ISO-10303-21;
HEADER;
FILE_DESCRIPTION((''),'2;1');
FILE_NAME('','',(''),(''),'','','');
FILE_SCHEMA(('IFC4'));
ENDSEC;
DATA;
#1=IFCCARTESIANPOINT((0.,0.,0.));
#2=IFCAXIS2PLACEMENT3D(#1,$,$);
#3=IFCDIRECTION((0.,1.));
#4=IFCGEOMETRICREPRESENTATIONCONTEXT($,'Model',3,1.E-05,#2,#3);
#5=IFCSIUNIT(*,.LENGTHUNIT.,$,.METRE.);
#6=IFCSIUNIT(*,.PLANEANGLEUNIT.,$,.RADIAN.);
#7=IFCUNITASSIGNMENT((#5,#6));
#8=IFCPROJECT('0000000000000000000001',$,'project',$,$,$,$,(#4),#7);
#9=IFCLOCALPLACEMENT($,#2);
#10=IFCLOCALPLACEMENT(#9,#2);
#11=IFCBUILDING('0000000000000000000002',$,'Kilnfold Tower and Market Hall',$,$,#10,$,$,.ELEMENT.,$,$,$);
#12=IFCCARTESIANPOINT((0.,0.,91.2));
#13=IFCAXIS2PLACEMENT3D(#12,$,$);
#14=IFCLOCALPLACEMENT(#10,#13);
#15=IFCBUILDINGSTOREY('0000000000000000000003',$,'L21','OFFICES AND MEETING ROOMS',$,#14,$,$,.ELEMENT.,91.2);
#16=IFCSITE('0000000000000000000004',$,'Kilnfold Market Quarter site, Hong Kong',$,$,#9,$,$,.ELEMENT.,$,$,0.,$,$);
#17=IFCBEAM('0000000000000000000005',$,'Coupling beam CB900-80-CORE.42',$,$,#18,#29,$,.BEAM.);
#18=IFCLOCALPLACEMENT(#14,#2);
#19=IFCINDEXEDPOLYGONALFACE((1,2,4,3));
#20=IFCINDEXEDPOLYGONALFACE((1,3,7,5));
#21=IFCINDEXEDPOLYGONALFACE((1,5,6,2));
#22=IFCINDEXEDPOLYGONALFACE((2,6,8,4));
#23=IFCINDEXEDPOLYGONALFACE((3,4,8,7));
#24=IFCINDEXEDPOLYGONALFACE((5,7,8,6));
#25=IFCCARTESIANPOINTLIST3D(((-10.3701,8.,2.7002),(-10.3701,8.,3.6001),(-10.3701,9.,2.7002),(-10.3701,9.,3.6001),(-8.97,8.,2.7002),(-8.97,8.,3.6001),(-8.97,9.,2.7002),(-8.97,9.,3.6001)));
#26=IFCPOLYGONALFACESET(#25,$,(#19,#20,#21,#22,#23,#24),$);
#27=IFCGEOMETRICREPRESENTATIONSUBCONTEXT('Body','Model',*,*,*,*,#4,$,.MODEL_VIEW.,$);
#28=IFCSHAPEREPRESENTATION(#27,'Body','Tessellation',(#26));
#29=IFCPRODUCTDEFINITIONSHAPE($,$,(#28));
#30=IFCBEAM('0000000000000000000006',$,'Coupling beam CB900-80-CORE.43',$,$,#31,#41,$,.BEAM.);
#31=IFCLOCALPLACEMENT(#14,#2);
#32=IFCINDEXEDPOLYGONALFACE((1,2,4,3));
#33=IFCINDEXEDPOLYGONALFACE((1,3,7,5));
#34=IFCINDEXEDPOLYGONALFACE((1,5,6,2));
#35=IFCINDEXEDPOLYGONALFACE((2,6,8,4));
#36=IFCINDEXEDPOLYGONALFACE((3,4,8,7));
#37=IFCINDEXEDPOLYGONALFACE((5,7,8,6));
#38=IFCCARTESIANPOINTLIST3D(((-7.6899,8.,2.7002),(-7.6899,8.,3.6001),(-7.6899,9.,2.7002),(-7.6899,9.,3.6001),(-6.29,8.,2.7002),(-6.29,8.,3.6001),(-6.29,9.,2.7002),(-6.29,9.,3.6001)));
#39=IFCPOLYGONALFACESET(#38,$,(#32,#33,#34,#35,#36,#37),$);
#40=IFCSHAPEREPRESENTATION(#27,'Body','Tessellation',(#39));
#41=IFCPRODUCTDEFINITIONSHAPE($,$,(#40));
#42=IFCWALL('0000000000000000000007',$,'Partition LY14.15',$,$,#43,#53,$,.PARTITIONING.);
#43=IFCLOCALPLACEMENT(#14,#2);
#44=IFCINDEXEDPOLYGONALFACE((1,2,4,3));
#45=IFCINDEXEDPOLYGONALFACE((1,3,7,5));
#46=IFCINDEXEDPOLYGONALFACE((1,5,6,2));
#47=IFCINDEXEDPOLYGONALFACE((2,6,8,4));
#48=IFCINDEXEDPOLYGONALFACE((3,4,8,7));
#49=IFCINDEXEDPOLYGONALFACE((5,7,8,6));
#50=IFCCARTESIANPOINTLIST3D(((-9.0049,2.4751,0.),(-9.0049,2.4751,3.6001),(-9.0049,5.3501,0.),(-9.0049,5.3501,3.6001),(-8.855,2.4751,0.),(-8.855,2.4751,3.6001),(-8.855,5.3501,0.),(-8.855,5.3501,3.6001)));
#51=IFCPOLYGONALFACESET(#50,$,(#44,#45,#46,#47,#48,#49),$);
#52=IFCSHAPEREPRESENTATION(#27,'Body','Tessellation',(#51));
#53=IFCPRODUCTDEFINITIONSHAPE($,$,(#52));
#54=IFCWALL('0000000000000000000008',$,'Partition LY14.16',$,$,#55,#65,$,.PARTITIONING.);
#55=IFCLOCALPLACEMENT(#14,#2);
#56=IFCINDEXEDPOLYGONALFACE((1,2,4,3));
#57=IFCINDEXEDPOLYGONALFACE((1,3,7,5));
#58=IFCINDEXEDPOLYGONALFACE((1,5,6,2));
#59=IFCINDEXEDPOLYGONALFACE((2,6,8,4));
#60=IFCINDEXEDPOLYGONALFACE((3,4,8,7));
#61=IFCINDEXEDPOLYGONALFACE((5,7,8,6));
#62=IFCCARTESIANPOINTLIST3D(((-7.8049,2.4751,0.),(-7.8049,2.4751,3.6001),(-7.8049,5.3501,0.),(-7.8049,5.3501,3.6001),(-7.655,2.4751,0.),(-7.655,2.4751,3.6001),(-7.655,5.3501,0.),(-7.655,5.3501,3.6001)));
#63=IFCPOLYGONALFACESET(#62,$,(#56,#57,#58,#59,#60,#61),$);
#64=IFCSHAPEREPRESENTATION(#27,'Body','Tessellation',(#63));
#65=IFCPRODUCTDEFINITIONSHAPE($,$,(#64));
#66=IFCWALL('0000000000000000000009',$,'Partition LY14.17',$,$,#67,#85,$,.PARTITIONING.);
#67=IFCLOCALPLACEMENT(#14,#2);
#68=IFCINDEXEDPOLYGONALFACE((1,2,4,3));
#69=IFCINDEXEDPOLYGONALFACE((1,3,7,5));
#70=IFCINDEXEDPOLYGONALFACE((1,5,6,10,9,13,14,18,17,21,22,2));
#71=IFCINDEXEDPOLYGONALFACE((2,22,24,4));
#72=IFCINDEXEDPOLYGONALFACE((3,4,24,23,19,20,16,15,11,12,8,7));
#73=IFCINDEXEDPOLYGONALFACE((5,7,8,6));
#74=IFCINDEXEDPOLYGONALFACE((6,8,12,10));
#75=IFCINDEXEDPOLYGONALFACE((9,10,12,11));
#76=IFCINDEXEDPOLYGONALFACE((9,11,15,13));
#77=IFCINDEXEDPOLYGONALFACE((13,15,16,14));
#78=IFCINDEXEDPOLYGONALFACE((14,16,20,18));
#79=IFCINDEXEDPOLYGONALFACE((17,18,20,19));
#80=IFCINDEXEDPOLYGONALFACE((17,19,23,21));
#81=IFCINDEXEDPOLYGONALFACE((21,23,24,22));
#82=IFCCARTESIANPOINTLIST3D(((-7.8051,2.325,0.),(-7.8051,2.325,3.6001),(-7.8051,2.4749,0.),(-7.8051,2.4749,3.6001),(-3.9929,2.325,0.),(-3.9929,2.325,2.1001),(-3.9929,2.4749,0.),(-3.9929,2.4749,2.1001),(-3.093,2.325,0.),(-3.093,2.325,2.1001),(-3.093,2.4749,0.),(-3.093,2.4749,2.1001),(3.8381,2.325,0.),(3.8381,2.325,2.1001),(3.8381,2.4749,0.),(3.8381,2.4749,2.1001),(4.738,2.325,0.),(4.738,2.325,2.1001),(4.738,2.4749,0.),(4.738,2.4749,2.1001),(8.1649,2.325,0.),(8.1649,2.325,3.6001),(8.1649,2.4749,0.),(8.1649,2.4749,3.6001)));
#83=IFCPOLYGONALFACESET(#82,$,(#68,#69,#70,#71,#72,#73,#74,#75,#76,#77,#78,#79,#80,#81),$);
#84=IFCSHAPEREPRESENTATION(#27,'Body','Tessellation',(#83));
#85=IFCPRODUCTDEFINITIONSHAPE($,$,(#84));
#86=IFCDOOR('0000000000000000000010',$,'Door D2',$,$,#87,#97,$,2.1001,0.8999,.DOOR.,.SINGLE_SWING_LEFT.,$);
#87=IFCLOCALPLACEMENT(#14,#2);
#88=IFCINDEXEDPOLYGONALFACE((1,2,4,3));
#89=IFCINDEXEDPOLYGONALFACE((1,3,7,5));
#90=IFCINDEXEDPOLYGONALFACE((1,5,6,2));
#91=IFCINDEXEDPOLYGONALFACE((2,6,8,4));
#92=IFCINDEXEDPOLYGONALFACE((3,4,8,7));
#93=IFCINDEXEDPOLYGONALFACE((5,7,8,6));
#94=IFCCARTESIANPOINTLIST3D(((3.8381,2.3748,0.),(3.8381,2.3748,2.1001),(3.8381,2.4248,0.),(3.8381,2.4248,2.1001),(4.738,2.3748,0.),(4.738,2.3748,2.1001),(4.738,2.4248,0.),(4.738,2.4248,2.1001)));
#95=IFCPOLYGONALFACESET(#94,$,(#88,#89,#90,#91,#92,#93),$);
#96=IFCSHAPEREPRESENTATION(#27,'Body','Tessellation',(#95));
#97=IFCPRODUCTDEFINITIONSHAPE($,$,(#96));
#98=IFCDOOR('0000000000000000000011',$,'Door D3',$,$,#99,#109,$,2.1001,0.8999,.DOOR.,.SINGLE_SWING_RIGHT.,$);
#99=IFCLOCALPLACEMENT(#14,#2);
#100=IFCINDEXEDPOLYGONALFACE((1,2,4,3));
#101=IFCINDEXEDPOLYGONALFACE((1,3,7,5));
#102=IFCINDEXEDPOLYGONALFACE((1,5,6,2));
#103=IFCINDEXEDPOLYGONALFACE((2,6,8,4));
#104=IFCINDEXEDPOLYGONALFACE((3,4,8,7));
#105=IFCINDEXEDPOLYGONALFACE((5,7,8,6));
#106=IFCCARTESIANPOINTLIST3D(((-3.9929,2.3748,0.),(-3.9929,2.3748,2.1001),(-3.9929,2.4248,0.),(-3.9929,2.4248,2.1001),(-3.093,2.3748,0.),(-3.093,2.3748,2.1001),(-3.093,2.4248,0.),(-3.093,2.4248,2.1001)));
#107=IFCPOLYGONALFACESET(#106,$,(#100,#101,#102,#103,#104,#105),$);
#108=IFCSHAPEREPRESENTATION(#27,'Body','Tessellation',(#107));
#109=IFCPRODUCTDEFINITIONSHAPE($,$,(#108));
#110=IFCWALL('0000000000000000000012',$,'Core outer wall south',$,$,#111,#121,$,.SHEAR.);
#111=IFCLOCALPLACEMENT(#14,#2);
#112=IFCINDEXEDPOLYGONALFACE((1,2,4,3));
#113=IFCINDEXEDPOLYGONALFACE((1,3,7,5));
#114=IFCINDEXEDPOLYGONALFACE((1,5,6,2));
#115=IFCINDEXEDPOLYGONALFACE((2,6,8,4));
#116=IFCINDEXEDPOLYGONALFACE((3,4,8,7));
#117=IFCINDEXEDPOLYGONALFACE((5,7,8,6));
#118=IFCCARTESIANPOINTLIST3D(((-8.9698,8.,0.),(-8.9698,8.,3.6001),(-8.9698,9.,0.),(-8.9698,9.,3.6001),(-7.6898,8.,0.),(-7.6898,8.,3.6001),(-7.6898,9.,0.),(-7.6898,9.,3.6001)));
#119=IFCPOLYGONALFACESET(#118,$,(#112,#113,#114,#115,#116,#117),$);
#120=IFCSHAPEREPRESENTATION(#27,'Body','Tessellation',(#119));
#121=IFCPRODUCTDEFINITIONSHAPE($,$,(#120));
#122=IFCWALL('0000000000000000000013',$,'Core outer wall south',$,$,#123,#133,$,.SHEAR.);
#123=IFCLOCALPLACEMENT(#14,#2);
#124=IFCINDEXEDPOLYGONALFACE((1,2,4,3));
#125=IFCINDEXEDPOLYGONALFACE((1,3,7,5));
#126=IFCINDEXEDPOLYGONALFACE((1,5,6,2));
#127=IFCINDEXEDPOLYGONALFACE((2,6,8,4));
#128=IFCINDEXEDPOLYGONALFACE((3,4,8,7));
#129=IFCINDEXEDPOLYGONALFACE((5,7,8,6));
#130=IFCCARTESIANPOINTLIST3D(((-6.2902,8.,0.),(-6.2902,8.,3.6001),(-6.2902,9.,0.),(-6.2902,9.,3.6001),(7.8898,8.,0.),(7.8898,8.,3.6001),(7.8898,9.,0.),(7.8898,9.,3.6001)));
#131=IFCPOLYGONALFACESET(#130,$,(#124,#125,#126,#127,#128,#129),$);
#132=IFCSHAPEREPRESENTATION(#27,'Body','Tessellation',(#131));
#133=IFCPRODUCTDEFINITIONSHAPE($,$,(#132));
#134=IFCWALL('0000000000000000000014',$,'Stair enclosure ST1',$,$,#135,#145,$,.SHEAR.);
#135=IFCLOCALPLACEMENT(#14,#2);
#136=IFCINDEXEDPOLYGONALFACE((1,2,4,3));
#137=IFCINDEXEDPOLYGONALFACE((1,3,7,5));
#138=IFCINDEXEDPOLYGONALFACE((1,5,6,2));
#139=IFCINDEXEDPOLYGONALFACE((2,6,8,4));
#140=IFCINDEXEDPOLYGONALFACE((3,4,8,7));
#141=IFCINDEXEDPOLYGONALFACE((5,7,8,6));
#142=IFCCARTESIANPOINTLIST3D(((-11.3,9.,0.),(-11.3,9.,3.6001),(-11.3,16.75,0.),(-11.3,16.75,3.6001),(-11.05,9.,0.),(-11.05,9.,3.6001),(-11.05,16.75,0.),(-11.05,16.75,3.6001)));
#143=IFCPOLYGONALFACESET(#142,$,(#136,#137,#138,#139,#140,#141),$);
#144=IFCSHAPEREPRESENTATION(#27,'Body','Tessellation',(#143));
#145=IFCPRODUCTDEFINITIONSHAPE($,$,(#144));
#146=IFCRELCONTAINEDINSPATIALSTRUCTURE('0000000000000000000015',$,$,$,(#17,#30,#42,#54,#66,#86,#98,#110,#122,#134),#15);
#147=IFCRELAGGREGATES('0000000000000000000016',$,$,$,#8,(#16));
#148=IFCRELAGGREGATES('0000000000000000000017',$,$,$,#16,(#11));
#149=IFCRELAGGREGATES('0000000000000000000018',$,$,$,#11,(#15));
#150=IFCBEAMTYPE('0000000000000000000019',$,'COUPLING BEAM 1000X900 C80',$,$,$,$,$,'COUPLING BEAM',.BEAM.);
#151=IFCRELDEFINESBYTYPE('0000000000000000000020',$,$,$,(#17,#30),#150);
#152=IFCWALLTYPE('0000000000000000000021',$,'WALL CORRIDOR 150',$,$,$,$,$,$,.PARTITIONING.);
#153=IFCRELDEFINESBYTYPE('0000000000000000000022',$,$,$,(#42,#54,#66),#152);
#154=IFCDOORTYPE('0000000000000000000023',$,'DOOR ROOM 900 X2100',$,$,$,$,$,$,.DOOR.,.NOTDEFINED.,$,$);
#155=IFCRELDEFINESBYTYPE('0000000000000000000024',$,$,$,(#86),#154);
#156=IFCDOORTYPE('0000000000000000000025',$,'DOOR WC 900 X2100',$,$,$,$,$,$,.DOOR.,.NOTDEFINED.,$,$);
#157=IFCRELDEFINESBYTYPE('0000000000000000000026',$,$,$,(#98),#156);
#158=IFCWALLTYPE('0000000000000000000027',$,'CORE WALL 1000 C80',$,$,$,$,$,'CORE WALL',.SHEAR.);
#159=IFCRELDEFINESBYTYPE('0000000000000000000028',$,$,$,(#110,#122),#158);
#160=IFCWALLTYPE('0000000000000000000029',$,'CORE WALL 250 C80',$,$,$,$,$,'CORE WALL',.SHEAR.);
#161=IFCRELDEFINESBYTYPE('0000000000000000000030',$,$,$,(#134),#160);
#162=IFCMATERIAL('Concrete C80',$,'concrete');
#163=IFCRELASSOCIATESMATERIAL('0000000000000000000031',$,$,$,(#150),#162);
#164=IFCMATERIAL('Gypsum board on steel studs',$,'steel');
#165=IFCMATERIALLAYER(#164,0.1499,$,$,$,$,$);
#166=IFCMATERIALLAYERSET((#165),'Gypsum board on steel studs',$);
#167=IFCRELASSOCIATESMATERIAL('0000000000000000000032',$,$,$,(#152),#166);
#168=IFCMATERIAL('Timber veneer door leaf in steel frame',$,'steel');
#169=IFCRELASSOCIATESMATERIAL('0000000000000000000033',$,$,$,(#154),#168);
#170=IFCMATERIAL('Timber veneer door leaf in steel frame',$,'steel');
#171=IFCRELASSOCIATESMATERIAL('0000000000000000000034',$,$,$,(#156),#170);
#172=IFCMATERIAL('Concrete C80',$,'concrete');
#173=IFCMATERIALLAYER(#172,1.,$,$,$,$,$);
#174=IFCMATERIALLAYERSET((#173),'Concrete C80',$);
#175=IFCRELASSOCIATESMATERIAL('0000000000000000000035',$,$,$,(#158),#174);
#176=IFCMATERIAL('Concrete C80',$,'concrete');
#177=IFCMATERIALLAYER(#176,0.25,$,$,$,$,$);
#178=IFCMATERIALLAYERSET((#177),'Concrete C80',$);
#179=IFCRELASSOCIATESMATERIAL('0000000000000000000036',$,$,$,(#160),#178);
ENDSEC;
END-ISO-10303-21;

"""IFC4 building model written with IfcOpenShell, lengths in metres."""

from ifc_helpers import new_model, si_unit, direction, frame, frame_2d, origin, origin_2d, place, context, subcontext, project, spatial, rectangle, extrude, source, transform, mapped, material, layer, layer_set, material_profile, profile_set, type_object, element, fill, save


model = new_model("IFC4")

# Units and contexts
model_context = context("Model", 3, precision=1e-05, world=origin(), true_north=direction((0.0, 1.0)))
body_context = subcontext(model_context, "Body", "Model", "MODEL_VIEW")
ifc_project = project(units=[si_unit("LENGTHUNIT", "METRE"), si_unit("PLANEANGLEUNIT", "RADIAN")], contexts=[model_context])

# Site, building, storey
site_placement = place(None, origin())
site = spatial("IfcSite", under=ifc_project, at=site_placement, Name="Kilnfold Market Quarter site, Hong Kong", CompositionType="ELEMENT", RefElevation=0.0)
building_placement = place(site_placement, origin())
building = spatial("IfcBuilding", under=site, at=building_placement, Name="Kilnfold Tower and Market Hall", CompositionType="ELEMENT")
storey_placement = place(building_placement, frame((0.0, 0.0, 91.2)))
storey = spatial("IfcBuildingStorey", under=building, at=storey_placement, Name="L21", Description="OFFICES AND MEETING ROOMS", CompositionType="ELEMENT", Elevation=91.2)

# Beams
ifc_material_1 = material(Name="Concrete C80", Category="concrete")
ifc_material_profile = material_profile(ifc_material_1, rectangle(XDim=1.0, YDim=0.8999, at=origin_2d()), Name="RC 1000x900")
ifc_profile_set = profile_set([ifc_material_profile], Name="Concrete C80")
beam_type = type_object("IfcBeamType", Name="COUPLING BEAM 1000X900 C80", ElementType="COUPLING BEAM", PredefinedType="BEAM", material=ifc_profile_set)
shared_shape_1 = source(origin(), body_context, "Body", "SweptSolid", [
    extrude(rectangle(XDim=1.0, YDim=0.8999, at=origin_2d()), origin(), (0.0, 0.0, 1.0), 1.4001),
])
beam_1_placement = place(storey_placement, frame((-10.3701, 8.5, 3.1501), z_axis=(1.0, 0.0, 0.0), x_axis=(0.0, 1.0, 0.0)))
element("IfcBeam", 1, at=beam_1_placement, inside=storey, type_object=beam_type, Name="Coupling beam CB900-80-CORE.42", PredefinedType="BEAM", context=body_context, shape_type="MappedRepresentation", body=[
    mapped(shared_shape_1, transform((0.0, 0.0, 0.0))),
])
shared_shape_2 = source(origin(), body_context, "Body", "SweptSolid", [
    extrude(rectangle(XDim=1.0, YDim=0.8999, at=origin_2d()), origin(), (0.0, 0.0, 1.0), 1.3999),
])
beam_2_placement = place(storey_placement, frame((-7.6899, 8.5, 3.1501), z_axis=(1.0, 0.0, 0.0), x_axis=(0.0, 1.0, 0.0)))
element("IfcBeam", 2, at=beam_2_placement, inside=storey, type_object=beam_type, Name="Coupling beam CB900-80-CORE.43", PredefinedType="BEAM", context=body_context, shape_type="MappedRepresentation", body=[
    mapped(shared_shape_2, transform((0.0, 0.0, 0.0))),
])

# Walls
ifc_material_2 = material(Name="Gypsum board on steel studs", Category="steel")
ifc_layer_1 = layer(ifc_material_2, 0.1499)
ifc_layer_set_1 = layer_set([ifc_layer_1], Name="Gypsum board on steel studs")
wall_type_1 = type_object("IfcWallType", Name="WALL CORRIDOR 150", PredefinedType="PARTITIONING", material=ifc_layer_set_1)
for number, where, z_axis, x_axis, name in (
    (3, (-8.9299, 5.3501, 0.0), (0.0, 0.0, 1.0), (0.0, -1.0, 0.0), "Partition LY14.15"),
    (4, (-7.73, 2.4751, 0.0), (0.0, 0.0, 1.0), (0.0, 1.0, 0.0), "Partition LY14.16"),
):
    element("IfcWall", number, at=place(storey_placement, frame(where, z_axis=z_axis, x_axis=x_axis)), inside=storey, type_object=wall_type_1, Name=name, PredefinedType="PARTITIONING", context=body_context, shape_type="SweptSolid", body=[
        extrude(rectangle(XDim=2.875, YDim=0.1499, at=frame_2d((1.4375, 0.0))), origin(), (0.0, 0.0, 1.0), 3.6001),
    ])

# Wall, openings, doors
wall_1_placement = place(storey_placement, frame((-7.8049, 2.3999, 0.0), z_axis=(0.0, 0.0, 1.0), x_axis=(1.0, 0.0, 0.0)))
wall_1 = element("IfcWall", 5, at=wall_1_placement, inside=storey, type_object=wall_type_1, Name="Partition LY14.17", PredefinedType="PARTITIONING", context=body_context, shape_type="SweptSolid", body=[
    extrude(rectangle(XDim=15.97, YDim=0.1499, at=frame_2d((7.9849, 0.0))), origin(), (0.0, 0.0, 1.0), 3.6001),
])
opening_1_placement = place(wall_1_placement, frame((3.812, 0.0, 0.0)))
opening_1 = element("IfcOpeningElement", 6, at=opening_1_placement, cuts=wall_1, PredefinedType="OPENING", context=body_context, shape_type="SweptSolid", body=[
    extrude(rectangle(XDim=0.8999, YDim=2.1001, at=frame_2d((0.45, 1.05))), frame((0.0, 0.085, 0.0), z_axis=(0.0, -1.0, 0.0), x_axis=(1.0, 0.0, 0.0)), (0.0, 0.0, 1.0), 0.1699),
])
opening_2_placement = place(wall_1_placement, frame((11.6431, 0.0, 0.0)))
opening_2 = element("IfcOpeningElement", 7, at=opening_2_placement, cuts=wall_1, PredefinedType="OPENING", context=body_context, shape_type="SweptSolid", body=[
    extrude(rectangle(XDim=0.8999, YDim=2.1001, at=frame_2d((0.45, 1.05))), frame((0.0, 0.085, 0.0), z_axis=(0.0, -1.0, 0.0), x_axis=(1.0, 0.0, 0.0)), (0.0, 0.0, 1.0), 0.1699),
])
ifc_material_3 = material(Name="Timber veneer door leaf in steel frame", Category="steel")
door_type_1 = type_object("IfcDoorType", Name="DOOR ROOM 900 X2100", OperationType="NOTDEFINED", PredefinedType="DOOR", material=ifc_material_3)
door_1_placement = place(opening_2_placement, origin())
door_1 = element("IfcDoor", 8, at=door_1_placement, inside=storey, type_object=door_type_1, Name="Door D2", OperationType="SINGLE_SWING_LEFT", OverallHeight=2.1001, OverallWidth=0.8999, PredefinedType="DOOR", context=body_context, shape_type="SweptSolid", body=[
    extrude(rectangle(XDim=0.8999, YDim=2.1001, at=frame_2d((0.45, 1.05))), frame((0.0, 0.0249, 0.0), z_axis=(0.0, -1.0, 0.0), x_axis=(1.0, 0.0, 0.0)), (0.0, 0.0, 1.0), 0.05),
])
fill(opening_2, door_1)
ifc_material_4 = material(Name="Timber veneer door leaf in steel frame", Category="steel")
door_type_2 = type_object("IfcDoorType", Name="DOOR WC 900 X2100", OperationType="NOTDEFINED", PredefinedType="DOOR", material=ifc_material_4)
door_2_placement = place(opening_1_placement, origin())
door_2 = element("IfcDoor", 9, at=door_2_placement, inside=storey, type_object=door_type_2, Name="Door D3", OperationType="SINGLE_SWING_RIGHT", OverallHeight=2.1001, OverallWidth=0.8999, PredefinedType="DOOR", context=body_context, shape_type="SweptSolid", body=[
    extrude(rectangle(XDim=0.8999, YDim=2.1001, at=frame_2d((0.45, 1.05))), frame((0.0, 0.0249, 0.0), z_axis=(0.0, -1.0, 0.0), x_axis=(1.0, 0.0, 0.0)), (0.0, 0.0, 1.0), 0.05),
])
fill(opening_1, door_2)

# Walls
ifc_material_5 = material(Name="Concrete C80", Category="concrete")
ifc_layer_2 = layer(ifc_material_5, 1.0)
ifc_layer_set_2 = layer_set([ifc_layer_2], Name="Concrete C80")
wall_type_2 = type_object("IfcWallType", Name="CORE WALL 1000 C80", ElementType="CORE WALL", PredefinedType="SHEAR", material=ifc_layer_set_2)
shared_shape_3 = source(origin(), body_context, "Body", "SweptSolid", [
    extrude(rectangle(XDim=1.28, YDim=1.0, at=frame_2d((0.6401, 0.0))), origin(), (0.0, 0.0, 1.0), 3.6001),
])
wall_2_placement = place(storey_placement, frame((-8.97, 8.5, 0.0), z_axis=(0.0, 0.0, 1.0), x_axis=(1.0, 0.0, 0.0)))
element("IfcWall", 10, at=wall_2_placement, inside=storey, type_object=wall_type_2, Name="Core outer wall south", PredefinedType="SHEAR", context=body_context, shape_type="MappedRepresentation", body=[
    mapped(shared_shape_3, transform((0.0, 0.0, 0.0))),
])
shared_shape_4 = source(origin(), body_context, "Body", "SweptSolid", [
    extrude(rectangle(XDim=14.1799, YDim=1.0, at=frame_2d((7.0898, 0.0))), origin(), (0.0, 0.0, 1.0), 3.6001),
])
wall_3_placement = place(storey_placement, frame((-6.29, 8.5, 0.0), z_axis=(0.0, 0.0, 1.0), x_axis=(1.0, 0.0, 0.0)))
element("IfcWall", 11, at=wall_3_placement, inside=storey, type_object=wall_type_2, Name="Core outer wall south", PredefinedType="SHEAR", context=body_context, shape_type="MappedRepresentation", body=[
    mapped(shared_shape_4, transform((0.0, 0.0, 0.0))),
])
ifc_material_6 = material(Name="Concrete C80", Category="concrete")
ifc_layer_3 = layer(ifc_material_6, 0.25)
ifc_layer_set_3 = layer_set([ifc_layer_3], Name="Concrete C80")
wall_type_3 = type_object("IfcWallType", Name="CORE WALL 250 C80", ElementType="CORE WALL", PredefinedType="SHEAR", material=ifc_layer_set_3)
shared_shape_5 = source(origin(), body_context, "Body", "SweptSolid", [
    extrude(rectangle(XDim=7.75, YDim=0.25, at=frame_2d((3.875, 0.0))), origin(), (0.0, 0.0, 1.0), 3.6001),
])
wall_4_placement = place(storey_placement, frame((-11.175, 9.0, 0.0), z_axis=(0.0, 0.0, 1.0), x_axis=(0.0, 1.0, 0.0)))
element("IfcWall", 12, at=wall_4_placement, inside=storey, type_object=wall_type_3, Name="Stair enclosure ST1", PredefinedType="SHEAR", context=body_context, shape_type="MappedRepresentation", body=[
    mapped(shared_shape_5, transform((0.0, 0.0, 0.0))),
])

save(model, "model.ifc")
